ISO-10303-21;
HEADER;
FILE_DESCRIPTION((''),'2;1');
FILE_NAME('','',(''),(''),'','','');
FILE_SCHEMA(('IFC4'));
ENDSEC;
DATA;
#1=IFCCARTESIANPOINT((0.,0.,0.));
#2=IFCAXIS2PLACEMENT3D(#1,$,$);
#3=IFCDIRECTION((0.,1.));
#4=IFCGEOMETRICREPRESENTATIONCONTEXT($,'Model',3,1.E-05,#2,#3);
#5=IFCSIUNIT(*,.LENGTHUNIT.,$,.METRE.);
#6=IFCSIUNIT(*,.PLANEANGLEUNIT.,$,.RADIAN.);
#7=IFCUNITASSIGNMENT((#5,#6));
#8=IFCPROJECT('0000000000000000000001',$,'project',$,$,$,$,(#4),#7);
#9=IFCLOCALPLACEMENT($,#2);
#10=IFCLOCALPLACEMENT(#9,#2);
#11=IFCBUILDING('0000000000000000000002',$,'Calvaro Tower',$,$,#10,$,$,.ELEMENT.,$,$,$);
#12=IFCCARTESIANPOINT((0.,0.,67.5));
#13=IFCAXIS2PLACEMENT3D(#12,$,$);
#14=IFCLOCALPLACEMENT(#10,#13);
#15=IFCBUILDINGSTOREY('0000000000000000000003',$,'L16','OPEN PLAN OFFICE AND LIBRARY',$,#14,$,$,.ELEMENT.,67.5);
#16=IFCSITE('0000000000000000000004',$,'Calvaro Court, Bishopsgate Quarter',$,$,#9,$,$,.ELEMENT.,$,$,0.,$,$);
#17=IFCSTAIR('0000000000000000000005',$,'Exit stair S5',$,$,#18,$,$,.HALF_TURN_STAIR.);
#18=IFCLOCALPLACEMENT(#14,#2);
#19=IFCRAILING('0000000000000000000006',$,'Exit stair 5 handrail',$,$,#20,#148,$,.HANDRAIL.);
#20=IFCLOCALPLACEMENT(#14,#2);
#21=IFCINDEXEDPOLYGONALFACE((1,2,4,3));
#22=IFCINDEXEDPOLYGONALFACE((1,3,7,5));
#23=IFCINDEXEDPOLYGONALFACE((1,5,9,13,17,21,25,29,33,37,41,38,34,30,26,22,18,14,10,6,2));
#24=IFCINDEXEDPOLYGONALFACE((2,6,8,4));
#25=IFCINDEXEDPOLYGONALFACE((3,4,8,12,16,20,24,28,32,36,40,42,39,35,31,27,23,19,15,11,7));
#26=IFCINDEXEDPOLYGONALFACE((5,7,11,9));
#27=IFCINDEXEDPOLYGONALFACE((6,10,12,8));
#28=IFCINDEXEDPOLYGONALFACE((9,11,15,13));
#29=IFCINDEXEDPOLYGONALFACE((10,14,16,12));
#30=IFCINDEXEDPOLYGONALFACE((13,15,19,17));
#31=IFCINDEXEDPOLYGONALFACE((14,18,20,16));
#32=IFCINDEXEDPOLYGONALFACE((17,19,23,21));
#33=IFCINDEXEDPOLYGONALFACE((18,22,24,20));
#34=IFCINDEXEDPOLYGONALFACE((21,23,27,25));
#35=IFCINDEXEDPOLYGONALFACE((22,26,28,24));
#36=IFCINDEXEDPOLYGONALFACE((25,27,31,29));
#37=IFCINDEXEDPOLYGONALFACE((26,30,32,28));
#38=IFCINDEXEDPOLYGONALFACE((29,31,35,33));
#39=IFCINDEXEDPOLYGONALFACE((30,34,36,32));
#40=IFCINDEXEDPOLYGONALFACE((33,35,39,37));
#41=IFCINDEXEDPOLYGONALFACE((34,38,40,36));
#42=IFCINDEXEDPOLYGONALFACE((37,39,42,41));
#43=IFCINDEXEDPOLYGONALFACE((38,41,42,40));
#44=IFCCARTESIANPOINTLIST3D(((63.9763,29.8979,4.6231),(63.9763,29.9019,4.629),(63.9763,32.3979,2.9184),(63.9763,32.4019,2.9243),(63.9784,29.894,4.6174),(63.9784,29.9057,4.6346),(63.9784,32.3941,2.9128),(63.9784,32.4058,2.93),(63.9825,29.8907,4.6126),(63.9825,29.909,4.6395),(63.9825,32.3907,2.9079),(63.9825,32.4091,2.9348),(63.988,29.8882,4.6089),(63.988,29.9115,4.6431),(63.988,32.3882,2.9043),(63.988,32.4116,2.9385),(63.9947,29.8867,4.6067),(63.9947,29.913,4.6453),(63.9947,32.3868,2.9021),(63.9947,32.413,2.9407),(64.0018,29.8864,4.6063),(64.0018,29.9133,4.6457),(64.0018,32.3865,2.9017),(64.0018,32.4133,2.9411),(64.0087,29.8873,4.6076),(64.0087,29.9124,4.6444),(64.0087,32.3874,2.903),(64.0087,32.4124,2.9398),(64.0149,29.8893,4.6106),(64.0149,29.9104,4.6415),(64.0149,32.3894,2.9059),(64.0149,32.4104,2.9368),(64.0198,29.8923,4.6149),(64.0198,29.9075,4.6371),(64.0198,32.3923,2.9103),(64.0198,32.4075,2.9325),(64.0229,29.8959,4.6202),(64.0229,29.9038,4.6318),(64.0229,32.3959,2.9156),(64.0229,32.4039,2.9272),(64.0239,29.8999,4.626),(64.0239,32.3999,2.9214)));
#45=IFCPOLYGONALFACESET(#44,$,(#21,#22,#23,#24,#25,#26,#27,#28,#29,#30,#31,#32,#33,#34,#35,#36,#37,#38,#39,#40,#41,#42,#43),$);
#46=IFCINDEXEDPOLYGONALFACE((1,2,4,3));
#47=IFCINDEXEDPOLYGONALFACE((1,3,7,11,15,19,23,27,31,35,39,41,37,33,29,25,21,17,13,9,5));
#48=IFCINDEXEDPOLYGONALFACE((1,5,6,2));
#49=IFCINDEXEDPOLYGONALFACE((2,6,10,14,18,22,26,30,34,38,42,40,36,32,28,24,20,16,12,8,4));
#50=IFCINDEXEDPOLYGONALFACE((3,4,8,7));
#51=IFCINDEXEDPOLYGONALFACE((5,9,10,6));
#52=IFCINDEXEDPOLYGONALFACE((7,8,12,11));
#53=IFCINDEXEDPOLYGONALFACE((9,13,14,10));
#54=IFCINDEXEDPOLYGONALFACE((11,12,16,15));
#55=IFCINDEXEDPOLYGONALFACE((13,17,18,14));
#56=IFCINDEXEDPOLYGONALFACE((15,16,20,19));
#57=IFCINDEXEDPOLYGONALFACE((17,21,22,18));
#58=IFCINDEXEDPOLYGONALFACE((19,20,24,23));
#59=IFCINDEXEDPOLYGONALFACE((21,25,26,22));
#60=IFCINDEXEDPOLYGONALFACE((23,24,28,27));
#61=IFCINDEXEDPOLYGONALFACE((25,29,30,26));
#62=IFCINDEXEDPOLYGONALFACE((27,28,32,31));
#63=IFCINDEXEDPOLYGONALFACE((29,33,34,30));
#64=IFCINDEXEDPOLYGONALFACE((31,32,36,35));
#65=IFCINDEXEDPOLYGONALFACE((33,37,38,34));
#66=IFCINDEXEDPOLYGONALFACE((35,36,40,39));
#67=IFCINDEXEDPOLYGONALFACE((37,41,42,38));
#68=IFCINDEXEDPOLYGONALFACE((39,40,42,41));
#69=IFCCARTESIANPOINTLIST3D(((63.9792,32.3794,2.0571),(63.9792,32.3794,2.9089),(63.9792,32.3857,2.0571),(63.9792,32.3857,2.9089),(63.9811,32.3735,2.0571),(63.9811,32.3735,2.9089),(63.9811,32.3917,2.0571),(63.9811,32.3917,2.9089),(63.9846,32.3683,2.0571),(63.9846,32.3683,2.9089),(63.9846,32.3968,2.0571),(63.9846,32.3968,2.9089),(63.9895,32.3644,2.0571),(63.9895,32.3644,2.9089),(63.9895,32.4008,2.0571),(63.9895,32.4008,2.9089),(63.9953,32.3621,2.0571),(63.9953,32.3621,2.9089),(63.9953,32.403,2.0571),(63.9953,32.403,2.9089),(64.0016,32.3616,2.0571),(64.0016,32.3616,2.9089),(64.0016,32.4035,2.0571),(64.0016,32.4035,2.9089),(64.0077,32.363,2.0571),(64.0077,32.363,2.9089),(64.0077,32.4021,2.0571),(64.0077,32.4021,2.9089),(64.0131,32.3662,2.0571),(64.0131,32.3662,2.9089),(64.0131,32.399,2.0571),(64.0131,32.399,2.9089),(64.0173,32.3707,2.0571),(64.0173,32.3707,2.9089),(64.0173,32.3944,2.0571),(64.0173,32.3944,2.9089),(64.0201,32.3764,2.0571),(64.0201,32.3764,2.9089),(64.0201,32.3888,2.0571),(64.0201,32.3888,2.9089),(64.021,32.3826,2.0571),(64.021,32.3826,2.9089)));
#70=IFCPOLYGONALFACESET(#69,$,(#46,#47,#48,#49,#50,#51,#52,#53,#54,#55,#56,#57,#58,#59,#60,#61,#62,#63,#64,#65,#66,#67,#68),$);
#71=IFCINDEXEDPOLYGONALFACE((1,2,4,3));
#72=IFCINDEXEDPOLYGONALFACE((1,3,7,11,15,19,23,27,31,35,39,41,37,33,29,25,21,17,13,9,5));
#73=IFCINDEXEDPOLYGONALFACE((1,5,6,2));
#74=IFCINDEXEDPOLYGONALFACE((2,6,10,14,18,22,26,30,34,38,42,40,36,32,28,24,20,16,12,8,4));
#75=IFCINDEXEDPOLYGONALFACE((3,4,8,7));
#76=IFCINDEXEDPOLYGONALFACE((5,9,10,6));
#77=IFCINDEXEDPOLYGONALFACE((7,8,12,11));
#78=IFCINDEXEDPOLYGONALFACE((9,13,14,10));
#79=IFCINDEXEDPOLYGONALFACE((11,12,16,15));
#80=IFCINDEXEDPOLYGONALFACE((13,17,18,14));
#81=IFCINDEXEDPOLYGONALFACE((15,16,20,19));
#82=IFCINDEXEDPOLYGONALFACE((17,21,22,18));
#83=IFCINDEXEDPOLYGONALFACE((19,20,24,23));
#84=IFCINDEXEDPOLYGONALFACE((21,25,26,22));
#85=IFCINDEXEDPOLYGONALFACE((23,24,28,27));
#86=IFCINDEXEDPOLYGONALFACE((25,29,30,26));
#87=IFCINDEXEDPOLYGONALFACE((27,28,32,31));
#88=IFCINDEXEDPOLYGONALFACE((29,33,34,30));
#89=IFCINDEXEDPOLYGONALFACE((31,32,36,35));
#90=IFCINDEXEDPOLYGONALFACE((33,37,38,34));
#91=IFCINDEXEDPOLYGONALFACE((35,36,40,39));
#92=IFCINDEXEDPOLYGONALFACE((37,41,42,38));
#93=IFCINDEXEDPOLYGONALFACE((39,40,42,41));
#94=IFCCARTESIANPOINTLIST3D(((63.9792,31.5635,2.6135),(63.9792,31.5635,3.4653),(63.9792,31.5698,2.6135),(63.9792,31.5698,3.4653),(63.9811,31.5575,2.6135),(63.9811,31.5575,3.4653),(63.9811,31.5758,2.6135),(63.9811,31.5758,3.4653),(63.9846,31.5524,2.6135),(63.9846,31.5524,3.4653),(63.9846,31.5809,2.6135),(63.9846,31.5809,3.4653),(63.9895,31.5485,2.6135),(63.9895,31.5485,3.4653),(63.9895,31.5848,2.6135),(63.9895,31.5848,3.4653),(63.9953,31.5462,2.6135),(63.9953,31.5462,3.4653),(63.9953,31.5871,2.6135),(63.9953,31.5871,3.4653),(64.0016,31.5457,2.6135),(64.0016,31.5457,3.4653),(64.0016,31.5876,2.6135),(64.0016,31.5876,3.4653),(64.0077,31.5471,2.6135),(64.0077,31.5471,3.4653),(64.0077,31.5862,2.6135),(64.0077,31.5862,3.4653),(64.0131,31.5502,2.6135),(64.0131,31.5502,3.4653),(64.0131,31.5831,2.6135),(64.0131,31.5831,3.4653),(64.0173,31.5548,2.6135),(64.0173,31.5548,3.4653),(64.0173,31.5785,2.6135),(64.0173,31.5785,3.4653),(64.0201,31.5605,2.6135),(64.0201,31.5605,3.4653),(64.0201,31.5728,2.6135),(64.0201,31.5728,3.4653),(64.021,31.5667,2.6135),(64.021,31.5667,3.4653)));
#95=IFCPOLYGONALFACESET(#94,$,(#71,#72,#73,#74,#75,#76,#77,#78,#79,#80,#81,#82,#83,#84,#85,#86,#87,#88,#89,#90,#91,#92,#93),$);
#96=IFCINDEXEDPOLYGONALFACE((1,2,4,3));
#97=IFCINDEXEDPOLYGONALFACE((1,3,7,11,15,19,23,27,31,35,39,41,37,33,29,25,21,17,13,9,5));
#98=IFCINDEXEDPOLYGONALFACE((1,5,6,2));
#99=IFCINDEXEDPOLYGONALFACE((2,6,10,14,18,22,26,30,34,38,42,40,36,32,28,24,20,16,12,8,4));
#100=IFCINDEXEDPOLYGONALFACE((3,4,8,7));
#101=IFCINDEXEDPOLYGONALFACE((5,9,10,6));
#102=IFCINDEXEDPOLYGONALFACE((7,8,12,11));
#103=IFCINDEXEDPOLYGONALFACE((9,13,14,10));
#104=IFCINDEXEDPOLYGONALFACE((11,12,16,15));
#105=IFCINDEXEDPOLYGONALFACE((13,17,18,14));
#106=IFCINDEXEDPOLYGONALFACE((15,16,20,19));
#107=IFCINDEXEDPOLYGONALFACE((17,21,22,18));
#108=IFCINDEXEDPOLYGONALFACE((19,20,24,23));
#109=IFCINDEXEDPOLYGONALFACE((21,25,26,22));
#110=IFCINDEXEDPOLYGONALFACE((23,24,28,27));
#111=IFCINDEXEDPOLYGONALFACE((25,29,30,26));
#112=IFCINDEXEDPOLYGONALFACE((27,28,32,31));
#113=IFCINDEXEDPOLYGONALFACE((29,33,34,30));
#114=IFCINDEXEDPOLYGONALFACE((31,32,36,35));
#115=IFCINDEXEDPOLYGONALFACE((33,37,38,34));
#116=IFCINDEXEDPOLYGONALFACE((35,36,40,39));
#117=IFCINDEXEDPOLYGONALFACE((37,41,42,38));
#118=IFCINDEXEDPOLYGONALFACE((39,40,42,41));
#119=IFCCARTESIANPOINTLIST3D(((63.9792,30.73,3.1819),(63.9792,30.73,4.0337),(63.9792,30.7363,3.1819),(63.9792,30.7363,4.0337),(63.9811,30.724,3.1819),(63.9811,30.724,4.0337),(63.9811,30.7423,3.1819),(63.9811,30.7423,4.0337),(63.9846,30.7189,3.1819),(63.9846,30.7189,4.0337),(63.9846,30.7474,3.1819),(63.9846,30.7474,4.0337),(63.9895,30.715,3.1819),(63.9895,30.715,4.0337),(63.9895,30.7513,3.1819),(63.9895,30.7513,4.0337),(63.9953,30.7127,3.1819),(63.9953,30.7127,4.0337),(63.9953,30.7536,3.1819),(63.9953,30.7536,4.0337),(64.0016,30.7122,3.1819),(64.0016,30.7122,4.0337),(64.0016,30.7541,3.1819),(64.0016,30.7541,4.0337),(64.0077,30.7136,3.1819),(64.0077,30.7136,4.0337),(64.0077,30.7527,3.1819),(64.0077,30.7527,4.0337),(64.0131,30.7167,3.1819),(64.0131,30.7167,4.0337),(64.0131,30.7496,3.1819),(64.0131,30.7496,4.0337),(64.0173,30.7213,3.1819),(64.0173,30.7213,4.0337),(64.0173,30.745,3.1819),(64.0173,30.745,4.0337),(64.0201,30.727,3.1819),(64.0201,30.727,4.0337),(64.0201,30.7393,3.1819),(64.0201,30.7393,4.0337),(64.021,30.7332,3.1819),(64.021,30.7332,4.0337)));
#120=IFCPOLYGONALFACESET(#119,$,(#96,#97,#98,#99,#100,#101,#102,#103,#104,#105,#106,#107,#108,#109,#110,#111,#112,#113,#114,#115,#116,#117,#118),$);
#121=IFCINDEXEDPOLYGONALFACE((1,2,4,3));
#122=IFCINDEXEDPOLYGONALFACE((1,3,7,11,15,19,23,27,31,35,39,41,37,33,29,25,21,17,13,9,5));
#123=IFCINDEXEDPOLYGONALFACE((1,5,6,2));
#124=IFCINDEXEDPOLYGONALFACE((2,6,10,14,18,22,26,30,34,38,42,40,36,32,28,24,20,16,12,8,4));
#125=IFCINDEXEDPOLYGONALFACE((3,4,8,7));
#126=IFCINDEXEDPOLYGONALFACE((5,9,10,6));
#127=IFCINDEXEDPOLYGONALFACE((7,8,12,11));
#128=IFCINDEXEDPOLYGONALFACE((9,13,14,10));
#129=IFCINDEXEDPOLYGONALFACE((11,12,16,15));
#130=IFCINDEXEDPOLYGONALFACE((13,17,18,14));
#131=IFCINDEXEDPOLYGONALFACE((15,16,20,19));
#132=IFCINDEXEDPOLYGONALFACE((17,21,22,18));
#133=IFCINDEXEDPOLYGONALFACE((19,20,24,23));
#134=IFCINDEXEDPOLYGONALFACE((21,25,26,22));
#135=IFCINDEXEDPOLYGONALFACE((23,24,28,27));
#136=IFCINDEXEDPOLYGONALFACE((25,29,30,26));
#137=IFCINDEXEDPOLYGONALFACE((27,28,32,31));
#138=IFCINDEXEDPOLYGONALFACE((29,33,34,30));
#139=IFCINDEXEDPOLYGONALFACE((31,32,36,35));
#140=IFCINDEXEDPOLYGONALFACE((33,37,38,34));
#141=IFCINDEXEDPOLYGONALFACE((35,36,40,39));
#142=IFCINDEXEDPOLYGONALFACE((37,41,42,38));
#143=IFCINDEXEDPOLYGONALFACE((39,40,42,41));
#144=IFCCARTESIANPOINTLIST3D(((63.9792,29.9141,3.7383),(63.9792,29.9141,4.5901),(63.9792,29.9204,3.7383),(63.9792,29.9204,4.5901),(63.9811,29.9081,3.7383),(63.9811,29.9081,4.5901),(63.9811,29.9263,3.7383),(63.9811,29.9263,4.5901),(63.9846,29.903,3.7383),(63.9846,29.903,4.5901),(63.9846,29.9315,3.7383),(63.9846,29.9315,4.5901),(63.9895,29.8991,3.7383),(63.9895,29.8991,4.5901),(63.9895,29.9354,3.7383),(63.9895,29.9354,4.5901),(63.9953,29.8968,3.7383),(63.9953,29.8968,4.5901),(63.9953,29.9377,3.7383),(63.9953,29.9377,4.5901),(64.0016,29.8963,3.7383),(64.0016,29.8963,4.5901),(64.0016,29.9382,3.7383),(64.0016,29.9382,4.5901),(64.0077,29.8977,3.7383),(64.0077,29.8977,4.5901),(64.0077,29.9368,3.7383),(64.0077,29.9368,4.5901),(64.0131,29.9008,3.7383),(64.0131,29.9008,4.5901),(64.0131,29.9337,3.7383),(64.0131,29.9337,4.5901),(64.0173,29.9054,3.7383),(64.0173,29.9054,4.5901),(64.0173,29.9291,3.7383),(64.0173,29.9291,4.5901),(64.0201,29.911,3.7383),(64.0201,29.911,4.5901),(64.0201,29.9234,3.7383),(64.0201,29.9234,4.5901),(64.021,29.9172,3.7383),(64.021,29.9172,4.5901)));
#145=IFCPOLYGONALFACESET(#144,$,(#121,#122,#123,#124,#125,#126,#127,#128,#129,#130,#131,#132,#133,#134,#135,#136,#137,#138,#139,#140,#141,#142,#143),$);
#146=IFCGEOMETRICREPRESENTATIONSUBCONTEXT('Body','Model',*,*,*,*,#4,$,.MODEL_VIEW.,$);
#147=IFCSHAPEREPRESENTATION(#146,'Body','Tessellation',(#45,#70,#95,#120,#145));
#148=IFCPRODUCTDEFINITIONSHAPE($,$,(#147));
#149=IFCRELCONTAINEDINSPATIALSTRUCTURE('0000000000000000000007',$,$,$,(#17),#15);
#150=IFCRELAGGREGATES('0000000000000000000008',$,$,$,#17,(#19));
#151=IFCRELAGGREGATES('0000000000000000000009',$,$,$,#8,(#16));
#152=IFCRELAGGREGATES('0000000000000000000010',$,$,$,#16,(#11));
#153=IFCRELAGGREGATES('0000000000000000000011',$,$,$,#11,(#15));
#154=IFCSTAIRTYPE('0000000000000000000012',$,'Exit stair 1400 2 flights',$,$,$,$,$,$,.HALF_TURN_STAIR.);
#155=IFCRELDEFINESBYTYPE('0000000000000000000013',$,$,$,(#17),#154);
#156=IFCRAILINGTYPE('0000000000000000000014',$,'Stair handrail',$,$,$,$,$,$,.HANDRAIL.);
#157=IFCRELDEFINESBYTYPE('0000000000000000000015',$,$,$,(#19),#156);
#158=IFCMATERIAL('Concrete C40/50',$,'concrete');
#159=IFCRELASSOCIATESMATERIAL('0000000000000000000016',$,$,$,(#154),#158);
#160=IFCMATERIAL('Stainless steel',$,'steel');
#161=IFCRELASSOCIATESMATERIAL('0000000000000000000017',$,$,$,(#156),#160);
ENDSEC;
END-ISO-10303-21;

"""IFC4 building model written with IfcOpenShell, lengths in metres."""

from ifc_helpers import new_model, si_unit, direction, frame, origin, origin_2d, place, context, subcontext, project, spatial, circle, extrude, material, type_object, element, aggregate, save


model = new_model("IFC4")

# Units and contexts
model_context = context("Model", 3, precision=1e-05, world=origin(), true_north=direction((0.0, 1.0)))
body_context = subcontext(model_context, "Body", "Model", "MODEL_VIEW")
ifc_project = project(units=[si_unit("LENGTHUNIT", "METRE"), si_unit("PLANEANGLEUNIT", "RADIAN")], contexts=[model_context])

# Site, building, storey
site_placement = place(None, origin())
site = spatial("IfcSite", under=ifc_project, at=site_placement, Name="Calvaro Court, Bishopsgate Quarter", CompositionType="ELEMENT", RefElevation=0.0)
building_placement = place(site_placement, origin())
building = spatial("IfcBuilding", under=site, at=building_placement, Name="Calvaro Tower", CompositionType="ELEMENT")
storey_placement = place(building_placement, frame((0.0, 0.0, 67.5)))
storey = spatial("IfcBuildingStorey", under=building, at=storey_placement, Name="L16", Description="OPEN PLAN OFFICE AND LIBRARY", CompositionType="ELEMENT", Elevation=67.5)

# Stair
ifc_material_1 = material(Name="Concrete C40/50", Category="concrete")
stair_type = type_object("IfcStairType", Name="Exit stair 1400 2 flights", PredefinedType="HALF_TURN_STAIR", material=ifc_material_1)
stair_1_placement = place(storey_placement, origin())
stair_1 = element("IfcStair", 1, at=stair_1_placement, inside=storey, type_object=stair_type, Name="Exit stair S5", PredefinedType="HALF_TURN_STAIR")

# Shared definitions
ifc_material_2 = material(Name="Stainless steel", Category="steel")
railing_type = type_object("IfcRailingType", Name="Stair handrail", PredefinedType="HANDRAIL", material=ifc_material_2)

# Railing
railing_1_placement = place(storey_placement, frame((64.0, 32.3999, 2.0454)))
railing_1 = element("IfcRailing", 2, at=railing_1_placement, type_object=railing_type, Name="Exit stair 5 handrail", PredefinedType="HANDRAIL", context=body_context, shape_type="SweptSolid", body=[
    extrude(circle(Radius=0.0239, at=origin_2d()), frame((0.0, 0.0, 0.876), z_axis=(0.0, -0.826221, 0.563347), x_axis=(1.0, 0.0, 0.0)), (0.0, 0.0, 1.0), 3.0259),
    extrude(circle(Radius=0.021, at=origin_2d()), frame((0.0, -0.0173, 0.0117)), (0.0, 0.0, 1.0), 0.8518),
    extrude(circle(Radius=0.021, at=origin_2d()), frame((0.0, -0.8333, 0.5681)), (0.0, 0.0, 1.0), 0.8518),
    extrude(circle(Radius=0.021, at=origin_2d()), frame((0.0, -1.6667, 1.1365)), (0.0, 0.0, 1.0), 0.8518),
    extrude(circle(Radius=0.021, at=origin_2d()), frame((0.0, -2.4827, 1.6929)), (0.0, 0.0, 1.0), 0.8518),
])
aggregate(stair_1, [railing_1])

save(model, "model.ifc")
